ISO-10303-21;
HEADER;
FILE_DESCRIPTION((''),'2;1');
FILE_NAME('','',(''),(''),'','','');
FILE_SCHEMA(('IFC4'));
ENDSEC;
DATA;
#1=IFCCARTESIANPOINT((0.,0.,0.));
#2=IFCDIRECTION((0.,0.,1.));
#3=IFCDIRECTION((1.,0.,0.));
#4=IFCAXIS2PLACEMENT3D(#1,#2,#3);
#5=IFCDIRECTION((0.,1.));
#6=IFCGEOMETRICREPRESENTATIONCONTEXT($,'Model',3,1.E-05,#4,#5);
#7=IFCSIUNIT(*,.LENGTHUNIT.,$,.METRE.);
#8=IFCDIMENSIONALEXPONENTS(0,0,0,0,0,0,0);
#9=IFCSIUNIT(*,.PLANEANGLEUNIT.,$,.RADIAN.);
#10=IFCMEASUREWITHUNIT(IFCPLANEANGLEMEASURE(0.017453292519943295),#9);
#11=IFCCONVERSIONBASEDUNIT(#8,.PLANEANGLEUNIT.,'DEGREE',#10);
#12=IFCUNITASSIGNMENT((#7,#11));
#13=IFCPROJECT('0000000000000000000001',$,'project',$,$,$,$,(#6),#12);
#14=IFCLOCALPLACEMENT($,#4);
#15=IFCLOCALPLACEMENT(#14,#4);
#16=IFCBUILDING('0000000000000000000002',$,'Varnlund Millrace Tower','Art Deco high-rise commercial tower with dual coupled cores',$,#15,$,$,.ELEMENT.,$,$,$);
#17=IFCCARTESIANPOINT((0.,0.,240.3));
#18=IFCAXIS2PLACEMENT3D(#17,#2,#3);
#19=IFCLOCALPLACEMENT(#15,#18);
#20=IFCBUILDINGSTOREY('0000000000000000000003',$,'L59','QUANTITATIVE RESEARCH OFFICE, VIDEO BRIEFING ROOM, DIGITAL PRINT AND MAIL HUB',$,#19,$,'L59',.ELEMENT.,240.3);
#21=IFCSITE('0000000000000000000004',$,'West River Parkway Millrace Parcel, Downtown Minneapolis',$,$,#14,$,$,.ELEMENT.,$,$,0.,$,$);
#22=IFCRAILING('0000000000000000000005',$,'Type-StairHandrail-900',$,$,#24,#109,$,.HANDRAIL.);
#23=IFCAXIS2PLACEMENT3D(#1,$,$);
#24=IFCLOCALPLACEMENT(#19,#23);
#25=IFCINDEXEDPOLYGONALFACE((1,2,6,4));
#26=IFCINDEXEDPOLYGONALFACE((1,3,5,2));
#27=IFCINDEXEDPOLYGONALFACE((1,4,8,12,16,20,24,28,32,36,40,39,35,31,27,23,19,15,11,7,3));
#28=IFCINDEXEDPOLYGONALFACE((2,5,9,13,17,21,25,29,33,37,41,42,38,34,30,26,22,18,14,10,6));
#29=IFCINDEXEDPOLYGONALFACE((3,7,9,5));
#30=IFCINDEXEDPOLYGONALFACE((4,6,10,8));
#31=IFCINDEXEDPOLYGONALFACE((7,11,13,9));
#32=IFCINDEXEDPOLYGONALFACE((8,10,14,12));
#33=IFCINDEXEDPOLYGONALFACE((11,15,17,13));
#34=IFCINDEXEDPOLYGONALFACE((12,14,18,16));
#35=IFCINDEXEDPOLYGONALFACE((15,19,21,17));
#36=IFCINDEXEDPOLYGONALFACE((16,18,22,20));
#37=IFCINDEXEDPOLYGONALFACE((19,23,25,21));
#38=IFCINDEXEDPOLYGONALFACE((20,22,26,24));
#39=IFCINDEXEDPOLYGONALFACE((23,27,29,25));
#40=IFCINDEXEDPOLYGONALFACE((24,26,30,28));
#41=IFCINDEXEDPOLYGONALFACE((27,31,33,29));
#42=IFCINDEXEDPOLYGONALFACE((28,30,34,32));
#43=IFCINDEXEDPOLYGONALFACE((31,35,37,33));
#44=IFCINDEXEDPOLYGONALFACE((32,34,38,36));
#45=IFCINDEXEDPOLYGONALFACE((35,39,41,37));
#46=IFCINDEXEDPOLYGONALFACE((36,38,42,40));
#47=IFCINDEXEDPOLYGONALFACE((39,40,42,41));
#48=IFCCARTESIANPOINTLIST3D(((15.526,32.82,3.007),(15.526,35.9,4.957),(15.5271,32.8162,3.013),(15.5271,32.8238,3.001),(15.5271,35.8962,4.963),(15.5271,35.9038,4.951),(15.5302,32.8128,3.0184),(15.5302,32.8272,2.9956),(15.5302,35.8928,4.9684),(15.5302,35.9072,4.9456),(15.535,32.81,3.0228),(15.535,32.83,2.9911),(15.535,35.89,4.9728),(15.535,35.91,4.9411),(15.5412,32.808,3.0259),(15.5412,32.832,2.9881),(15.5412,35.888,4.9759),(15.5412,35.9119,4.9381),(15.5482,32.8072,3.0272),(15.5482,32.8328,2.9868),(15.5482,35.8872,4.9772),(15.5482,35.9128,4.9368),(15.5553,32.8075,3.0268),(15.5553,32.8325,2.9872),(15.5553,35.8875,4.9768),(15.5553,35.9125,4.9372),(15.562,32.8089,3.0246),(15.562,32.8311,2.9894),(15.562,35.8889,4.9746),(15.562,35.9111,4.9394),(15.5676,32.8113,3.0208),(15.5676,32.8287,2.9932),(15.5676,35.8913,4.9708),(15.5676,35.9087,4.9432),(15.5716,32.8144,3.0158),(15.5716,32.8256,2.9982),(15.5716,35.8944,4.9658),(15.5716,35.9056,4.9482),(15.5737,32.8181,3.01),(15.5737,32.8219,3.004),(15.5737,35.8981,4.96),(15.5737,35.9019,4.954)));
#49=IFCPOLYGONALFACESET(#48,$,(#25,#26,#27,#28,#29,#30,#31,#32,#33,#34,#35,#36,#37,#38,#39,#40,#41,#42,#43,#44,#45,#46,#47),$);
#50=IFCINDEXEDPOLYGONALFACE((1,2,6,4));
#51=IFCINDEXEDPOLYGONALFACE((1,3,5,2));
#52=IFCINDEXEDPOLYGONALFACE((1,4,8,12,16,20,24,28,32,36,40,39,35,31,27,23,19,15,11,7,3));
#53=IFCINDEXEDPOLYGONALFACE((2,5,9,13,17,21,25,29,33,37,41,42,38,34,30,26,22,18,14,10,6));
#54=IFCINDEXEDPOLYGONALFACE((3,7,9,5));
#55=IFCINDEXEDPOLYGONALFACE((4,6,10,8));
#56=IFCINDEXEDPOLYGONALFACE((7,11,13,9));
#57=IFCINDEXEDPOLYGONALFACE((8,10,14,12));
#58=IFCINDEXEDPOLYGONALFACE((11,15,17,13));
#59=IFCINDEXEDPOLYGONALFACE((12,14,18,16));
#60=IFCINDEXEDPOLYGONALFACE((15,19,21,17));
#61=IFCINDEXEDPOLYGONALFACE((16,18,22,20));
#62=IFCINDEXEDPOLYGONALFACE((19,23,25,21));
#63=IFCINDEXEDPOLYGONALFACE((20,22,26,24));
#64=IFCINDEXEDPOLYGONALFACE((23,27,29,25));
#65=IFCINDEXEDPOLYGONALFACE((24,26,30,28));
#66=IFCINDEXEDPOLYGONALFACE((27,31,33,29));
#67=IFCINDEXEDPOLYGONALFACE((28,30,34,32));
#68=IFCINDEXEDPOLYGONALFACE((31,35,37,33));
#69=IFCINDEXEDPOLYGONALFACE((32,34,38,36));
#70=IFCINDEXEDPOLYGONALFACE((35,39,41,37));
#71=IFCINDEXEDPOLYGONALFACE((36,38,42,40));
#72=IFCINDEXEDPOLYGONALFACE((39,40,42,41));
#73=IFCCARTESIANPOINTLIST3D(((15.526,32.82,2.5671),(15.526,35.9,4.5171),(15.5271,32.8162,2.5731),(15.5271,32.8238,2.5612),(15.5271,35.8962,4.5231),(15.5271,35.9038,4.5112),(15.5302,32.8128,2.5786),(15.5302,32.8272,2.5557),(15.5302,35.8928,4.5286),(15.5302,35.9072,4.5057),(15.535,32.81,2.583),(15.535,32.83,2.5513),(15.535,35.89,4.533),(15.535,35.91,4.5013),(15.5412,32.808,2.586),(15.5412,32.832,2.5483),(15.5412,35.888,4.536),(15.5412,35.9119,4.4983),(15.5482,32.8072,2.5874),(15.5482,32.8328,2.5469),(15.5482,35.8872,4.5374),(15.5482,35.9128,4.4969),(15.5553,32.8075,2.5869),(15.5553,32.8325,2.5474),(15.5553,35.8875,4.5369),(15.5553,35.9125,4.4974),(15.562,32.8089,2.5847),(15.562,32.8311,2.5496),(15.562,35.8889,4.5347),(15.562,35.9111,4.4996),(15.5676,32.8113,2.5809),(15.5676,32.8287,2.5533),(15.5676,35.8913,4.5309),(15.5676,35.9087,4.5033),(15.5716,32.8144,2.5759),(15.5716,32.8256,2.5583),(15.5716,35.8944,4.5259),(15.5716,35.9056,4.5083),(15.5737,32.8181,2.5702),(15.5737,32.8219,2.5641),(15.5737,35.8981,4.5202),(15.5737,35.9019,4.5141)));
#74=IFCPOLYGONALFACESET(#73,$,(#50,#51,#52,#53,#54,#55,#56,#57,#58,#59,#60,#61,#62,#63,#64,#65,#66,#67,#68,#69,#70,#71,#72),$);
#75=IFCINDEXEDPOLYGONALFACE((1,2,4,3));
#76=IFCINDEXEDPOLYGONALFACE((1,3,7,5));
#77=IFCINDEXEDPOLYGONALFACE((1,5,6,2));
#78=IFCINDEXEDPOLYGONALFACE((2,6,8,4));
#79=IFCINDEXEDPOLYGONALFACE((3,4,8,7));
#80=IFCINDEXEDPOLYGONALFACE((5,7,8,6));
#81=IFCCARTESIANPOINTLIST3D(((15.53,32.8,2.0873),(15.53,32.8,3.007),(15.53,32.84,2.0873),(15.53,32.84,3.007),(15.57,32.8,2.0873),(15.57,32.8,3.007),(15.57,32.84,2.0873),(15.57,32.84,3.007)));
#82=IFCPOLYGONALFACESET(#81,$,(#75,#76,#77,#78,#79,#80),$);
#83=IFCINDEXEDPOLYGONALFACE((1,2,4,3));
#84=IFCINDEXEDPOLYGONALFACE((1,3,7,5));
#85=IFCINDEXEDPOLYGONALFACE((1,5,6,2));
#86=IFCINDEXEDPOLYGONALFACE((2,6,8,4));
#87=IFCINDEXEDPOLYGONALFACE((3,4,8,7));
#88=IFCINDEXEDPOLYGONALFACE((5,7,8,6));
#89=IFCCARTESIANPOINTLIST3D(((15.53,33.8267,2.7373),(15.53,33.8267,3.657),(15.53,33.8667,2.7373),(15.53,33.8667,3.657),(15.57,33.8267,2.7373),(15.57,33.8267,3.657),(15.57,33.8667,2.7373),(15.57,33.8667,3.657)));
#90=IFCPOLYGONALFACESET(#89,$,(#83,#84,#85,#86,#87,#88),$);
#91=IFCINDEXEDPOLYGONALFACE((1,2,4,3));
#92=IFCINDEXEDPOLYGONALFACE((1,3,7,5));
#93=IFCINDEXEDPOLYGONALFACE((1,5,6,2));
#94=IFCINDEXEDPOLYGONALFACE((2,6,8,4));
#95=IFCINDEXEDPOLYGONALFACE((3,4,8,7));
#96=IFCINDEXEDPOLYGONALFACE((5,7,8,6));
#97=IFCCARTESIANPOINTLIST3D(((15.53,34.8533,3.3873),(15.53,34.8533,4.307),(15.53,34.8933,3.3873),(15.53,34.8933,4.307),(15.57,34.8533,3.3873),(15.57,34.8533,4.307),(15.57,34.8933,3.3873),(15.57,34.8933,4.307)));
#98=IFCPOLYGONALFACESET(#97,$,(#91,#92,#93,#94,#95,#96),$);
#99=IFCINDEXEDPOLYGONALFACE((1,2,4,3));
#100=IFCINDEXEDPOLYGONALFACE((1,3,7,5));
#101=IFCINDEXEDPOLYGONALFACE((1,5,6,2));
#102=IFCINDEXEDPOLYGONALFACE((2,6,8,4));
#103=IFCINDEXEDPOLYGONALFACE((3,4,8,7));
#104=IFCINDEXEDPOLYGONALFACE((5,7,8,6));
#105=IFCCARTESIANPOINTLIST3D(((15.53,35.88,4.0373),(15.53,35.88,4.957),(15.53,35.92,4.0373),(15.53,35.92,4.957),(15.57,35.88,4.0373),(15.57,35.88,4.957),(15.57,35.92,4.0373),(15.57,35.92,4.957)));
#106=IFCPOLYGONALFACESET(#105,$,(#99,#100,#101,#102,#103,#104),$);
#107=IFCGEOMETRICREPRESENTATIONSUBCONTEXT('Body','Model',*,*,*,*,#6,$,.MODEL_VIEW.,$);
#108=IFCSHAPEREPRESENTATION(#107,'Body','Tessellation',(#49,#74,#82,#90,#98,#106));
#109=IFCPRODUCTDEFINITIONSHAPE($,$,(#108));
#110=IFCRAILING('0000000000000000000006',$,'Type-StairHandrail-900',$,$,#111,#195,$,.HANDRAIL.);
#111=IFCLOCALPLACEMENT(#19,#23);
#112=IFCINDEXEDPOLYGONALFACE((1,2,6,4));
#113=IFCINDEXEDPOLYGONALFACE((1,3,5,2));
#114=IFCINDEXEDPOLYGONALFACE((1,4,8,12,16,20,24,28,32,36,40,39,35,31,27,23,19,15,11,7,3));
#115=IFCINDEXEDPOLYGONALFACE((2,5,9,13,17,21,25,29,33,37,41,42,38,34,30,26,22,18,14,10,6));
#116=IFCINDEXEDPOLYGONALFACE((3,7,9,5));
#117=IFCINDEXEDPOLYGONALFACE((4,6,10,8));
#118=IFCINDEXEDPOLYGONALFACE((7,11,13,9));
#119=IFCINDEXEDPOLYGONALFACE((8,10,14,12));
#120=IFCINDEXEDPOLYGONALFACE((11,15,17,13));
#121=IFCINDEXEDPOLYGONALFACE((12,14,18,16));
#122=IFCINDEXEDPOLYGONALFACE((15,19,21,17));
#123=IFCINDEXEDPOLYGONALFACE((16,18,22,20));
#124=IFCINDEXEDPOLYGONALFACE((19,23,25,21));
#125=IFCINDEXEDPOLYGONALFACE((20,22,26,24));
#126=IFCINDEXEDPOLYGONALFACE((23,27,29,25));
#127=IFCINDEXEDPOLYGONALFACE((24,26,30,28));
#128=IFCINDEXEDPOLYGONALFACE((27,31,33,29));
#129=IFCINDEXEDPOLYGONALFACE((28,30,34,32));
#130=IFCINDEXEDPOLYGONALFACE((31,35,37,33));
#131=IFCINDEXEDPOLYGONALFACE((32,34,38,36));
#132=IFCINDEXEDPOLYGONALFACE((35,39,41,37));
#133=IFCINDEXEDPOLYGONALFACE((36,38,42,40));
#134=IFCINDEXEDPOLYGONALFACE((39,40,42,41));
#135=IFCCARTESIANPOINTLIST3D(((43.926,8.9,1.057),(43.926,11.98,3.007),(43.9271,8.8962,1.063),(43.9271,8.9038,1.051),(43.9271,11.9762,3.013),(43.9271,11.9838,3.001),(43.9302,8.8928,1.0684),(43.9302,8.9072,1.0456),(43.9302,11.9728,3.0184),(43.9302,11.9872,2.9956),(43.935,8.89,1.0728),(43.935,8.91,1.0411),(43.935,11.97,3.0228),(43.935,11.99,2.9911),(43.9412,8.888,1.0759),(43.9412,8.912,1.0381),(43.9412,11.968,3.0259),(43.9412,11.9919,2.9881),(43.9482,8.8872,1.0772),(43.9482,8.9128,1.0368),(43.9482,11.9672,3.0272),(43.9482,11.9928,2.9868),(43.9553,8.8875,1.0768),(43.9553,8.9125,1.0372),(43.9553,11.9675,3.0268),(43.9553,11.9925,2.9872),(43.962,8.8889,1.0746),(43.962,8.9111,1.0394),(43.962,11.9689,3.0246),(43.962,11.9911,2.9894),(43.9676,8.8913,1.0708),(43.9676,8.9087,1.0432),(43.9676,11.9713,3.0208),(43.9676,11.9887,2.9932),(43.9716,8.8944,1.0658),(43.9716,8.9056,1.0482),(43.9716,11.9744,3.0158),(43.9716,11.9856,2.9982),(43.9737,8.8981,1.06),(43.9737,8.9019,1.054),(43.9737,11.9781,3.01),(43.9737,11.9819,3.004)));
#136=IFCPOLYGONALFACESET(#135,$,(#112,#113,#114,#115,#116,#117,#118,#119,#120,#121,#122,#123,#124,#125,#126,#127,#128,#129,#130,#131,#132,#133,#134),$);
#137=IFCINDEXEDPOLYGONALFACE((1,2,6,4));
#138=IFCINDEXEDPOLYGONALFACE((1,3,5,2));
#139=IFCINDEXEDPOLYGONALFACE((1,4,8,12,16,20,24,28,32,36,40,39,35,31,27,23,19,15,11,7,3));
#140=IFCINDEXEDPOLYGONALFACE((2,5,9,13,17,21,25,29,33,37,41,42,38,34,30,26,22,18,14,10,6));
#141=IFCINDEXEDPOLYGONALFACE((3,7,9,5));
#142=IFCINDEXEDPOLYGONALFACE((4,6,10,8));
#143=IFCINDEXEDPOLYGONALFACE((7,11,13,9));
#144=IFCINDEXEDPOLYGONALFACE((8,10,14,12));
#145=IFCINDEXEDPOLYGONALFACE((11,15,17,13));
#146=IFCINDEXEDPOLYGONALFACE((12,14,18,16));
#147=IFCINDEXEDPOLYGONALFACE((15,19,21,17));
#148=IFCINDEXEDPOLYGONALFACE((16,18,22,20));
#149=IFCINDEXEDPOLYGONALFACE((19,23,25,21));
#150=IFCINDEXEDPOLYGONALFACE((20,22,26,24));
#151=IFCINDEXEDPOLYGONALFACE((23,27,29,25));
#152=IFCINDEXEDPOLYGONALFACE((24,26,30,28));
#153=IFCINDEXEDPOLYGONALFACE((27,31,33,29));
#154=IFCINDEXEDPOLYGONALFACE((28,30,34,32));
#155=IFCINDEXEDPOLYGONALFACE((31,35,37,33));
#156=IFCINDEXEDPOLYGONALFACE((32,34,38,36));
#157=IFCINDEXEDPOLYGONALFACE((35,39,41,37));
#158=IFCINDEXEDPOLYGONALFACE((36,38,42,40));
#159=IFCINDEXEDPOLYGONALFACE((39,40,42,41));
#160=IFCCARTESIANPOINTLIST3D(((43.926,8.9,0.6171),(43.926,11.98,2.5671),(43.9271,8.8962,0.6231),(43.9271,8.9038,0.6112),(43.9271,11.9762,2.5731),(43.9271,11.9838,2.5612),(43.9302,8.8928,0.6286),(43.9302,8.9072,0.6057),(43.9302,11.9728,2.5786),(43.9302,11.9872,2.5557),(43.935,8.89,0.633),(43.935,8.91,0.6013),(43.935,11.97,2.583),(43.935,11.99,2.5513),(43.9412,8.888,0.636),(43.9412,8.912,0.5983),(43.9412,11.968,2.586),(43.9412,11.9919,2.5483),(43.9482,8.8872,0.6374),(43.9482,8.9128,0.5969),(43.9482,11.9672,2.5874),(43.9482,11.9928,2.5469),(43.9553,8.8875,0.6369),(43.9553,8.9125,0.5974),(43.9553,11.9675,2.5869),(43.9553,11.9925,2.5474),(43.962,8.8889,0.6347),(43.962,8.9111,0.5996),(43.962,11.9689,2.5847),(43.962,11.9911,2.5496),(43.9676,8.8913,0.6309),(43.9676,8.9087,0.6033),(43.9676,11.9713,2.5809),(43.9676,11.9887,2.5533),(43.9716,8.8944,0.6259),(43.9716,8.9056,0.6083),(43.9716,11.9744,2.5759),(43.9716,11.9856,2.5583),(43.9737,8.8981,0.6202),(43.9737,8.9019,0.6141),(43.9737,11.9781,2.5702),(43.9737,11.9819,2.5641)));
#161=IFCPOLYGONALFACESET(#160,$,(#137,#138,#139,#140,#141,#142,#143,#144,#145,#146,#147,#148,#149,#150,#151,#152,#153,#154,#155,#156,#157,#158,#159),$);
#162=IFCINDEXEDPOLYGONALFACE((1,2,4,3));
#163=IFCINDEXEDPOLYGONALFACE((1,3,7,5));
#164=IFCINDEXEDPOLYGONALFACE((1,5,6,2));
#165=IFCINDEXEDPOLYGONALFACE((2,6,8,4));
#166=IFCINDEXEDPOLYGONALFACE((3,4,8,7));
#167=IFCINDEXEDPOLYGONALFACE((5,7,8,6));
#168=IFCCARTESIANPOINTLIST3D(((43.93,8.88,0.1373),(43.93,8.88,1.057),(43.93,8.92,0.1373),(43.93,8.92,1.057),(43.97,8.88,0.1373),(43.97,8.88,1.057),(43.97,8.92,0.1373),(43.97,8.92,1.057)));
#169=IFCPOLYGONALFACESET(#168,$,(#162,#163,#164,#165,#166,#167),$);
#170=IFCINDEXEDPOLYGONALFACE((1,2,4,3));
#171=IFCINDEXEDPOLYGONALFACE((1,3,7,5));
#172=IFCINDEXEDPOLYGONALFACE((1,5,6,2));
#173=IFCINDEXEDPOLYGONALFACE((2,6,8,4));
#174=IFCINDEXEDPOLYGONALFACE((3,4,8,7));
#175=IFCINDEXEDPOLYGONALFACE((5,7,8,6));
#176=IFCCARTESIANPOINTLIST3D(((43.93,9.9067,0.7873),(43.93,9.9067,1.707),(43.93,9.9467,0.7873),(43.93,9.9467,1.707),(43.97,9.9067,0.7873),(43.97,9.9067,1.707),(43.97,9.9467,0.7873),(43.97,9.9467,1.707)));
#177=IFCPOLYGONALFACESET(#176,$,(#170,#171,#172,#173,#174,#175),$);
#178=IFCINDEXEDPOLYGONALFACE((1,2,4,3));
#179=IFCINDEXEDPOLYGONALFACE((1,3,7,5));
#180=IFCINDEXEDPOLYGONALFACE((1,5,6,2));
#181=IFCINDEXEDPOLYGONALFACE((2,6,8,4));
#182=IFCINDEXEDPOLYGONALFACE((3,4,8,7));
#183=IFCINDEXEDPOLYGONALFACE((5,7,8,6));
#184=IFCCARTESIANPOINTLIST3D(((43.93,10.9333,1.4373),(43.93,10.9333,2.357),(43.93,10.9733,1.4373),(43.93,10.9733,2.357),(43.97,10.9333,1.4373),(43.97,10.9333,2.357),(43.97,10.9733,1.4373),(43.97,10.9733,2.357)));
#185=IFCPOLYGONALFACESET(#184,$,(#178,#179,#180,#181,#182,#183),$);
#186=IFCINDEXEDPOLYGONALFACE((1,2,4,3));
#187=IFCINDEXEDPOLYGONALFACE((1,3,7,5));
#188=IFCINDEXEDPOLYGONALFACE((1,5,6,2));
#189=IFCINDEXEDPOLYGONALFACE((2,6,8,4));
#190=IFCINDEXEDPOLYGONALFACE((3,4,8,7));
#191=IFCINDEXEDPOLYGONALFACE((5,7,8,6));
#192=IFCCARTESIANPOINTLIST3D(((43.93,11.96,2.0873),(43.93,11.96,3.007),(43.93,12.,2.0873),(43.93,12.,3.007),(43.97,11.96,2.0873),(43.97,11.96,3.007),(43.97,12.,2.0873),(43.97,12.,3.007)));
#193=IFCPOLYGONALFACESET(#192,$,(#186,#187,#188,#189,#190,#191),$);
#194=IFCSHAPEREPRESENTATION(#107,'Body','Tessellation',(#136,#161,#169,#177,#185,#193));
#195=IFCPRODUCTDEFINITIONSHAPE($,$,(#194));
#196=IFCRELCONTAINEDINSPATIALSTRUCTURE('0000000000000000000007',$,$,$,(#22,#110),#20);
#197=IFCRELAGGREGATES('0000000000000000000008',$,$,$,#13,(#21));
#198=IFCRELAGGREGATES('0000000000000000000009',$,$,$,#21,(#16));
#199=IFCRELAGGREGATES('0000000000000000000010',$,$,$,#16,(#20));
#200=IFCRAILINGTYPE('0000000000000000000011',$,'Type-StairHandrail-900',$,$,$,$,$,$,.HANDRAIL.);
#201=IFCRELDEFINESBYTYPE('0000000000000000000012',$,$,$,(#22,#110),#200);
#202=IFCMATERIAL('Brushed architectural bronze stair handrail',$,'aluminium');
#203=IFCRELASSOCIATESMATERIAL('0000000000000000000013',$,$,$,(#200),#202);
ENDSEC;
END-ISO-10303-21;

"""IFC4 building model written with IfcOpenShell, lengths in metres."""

from ifc_helpers import new_model, entity, si_unit, converted_unit, direction, frame, origin_with_axes, origin_2d_with_axis, place, context, subcontext, project, spatial, rectangle, circle, extrude, material, type_object, element, save


model = new_model("IFC4")

# Units and contexts
model_context = context("Model", 3, precision=1e-05, world=origin_with_axes(), true_north=direction((0.0, 1.0)))
body_context = subcontext(model_context, "Body", "Model", "MODEL_VIEW")
ifc_project = project(units=[si_unit("LENGTHUNIT", "METRE"), converted_unit("PLANEANGLEUNIT", "DEGREE", entity("IfcPlaneAngleMeasure", 0.017453292519943295), si_unit("PLANEANGLEUNIT", "RADIAN"), dimensions=[0, 0, 0, 0, 0, 0, 0])], contexts=[model_context])

# Site, building, storey
site_placement = place(None, origin_with_axes())
site = spatial("IfcSite", under=ifc_project, at=site_placement, Name="West River Parkway Millrace Parcel, Downtown Minneapolis", CompositionType="ELEMENT", RefElevation=0.0)
building_placement = place(site_placement, origin_with_axes())
building = spatial("IfcBuilding", under=site, at=building_placement, Name="Varnlund Millrace Tower", Description="Art Deco high-rise commercial tower with dual coupled cores", CompositionType="ELEMENT")
storey_placement = place(building_placement, frame((0.0, 0.0, 240.3), z_axis=(0.0, 0.0, 1.0), x_axis=(1.0, 0.0, 0.0)))
storey = spatial("IfcBuildingStorey", under=building, at=storey_placement, Name="L59", Description="QUANTITATIVE RESEARCH OFFICE, VIDEO BRIEFING ROOM, DIGITAL PRINT AND MAIL HUB", LongName="L59", CompositionType="ELEMENT", Elevation=240.3)

# Railings
ifc_material_1 = material(Name="Brushed architectural bronze stair handrail", Category="aluminium")
railing_type_1 = type_object("IfcRailingType", Name="Type-StairHandrail-900", PredefinedType="HANDRAIL", material=ifc_material_1)
railing_1_placement = place(storey_placement, frame((0.0, 0.0, -240.3), z_axis=(0.0, 0.0, 1.0), x_axis=(1.0, 0.0, 0.0)))
element("IfcRailing", 1, at=railing_1_placement, inside=storey, type_object=railing_type_1, Name="Type-StairHandrail-900", PredefinedType="HANDRAIL", context=body_context, shape_type="SweptSolid", body=[
    extrude(circle(Radius=0.024, at=origin_2d_with_axis()), frame((15.55, 32.82, 243.307), z_axis=(0.0, 0.844902, 0.534922), x_axis=(-1.0, 0.0, 0.0)), (0.0, 0.0, 1.0), 3.6454),
    extrude(circle(Radius=0.024, at=origin_2d_with_axis()), frame((15.55, 32.82, 242.8671), z_axis=(0.0, 0.844902, 0.534922), x_axis=(-1.0, 0.0, 0.0)), (0.0, 0.0, 1.0), 3.6454),
    extrude(rectangle(XDim=0.04, YDim=0.04, at=origin_2d_with_axis()), frame((15.55, 32.82, 242.3873), z_axis=(0.0, 0.0, 1.0), x_axis=(1.0, 0.0, 0.0)), (0.0, 0.0, 1.0), 0.9197),
    extrude(rectangle(XDim=0.04, YDim=0.04, at=origin_2d_with_axis()), frame((15.55, 33.8467, 243.0373), z_axis=(0.0, 0.0, 1.0), x_axis=(1.0, 0.0, 0.0)), (0.0, 0.0, 1.0), 0.9197),
    extrude(rectangle(XDim=0.04, YDim=0.04, at=origin_2d_with_axis()), frame((15.55, 34.8733, 243.6873), z_axis=(0.0, 0.0, 1.0), x_axis=(1.0, 0.0, 0.0)), (0.0, 0.0, 1.0), 0.9197),
    extrude(rectangle(XDim=0.04, YDim=0.04, at=origin_2d_with_axis()), frame((15.55, 35.9, 244.3373), z_axis=(0.0, 0.0, 1.0), x_axis=(1.0, 0.0, 0.0)), (0.0, 0.0, 1.0), 0.9197),
])
railing_2_placement = place(storey_placement, frame((0.0, 0.0, -240.3), z_axis=(0.0, 0.0, 1.0), x_axis=(1.0, 0.0, 0.0)))
element("IfcRailing", 2, at=railing_2_placement, inside=storey, type_object=railing_type_1, Name="Type-StairHandrail-900", PredefinedType="HANDRAIL", context=body_context, shape_type="SweptSolid", body=[
    extrude(circle(Radius=0.024, at=origin_2d_with_axis()), frame((43.95, 8.9, 241.357), z_axis=(0.0, 0.844902, 0.534922), x_axis=(-1.0, 0.0, 0.0)), (0.0, 0.0, 1.0), 3.6454),
    extrude(circle(Radius=0.024, at=origin_2d_with_axis()), frame((43.95, 8.9, 240.9171), z_axis=(0.0, 0.844902, 0.534922), x_axis=(-1.0, 0.0, 0.0)), (0.0, 0.0, 1.0), 3.6454),
    extrude(rectangle(XDim=0.04, YDim=0.04, at=origin_2d_with_axis()), frame((43.95, 8.9, 240.4373), z_axis=(0.0, 0.0, 1.0), x_axis=(1.0, 0.0, 0.0)), (0.0, 0.0, 1.0), 0.9197),
    extrude(rectangle(XDim=0.04, YDim=0.04, at=origin_2d_with_axis()), frame((43.95, 9.9267, 241.0873), z_axis=(0.0, 0.0, 1.0), x_axis=(1.0, 0.0, 0.0)), (0.0, 0.0, 1.0), 0.9197),
    extrude(rectangle(XDim=0.04, YDim=0.04, at=origin_2d_with_axis()), frame((43.95, 10.9533, 241.7373), z_axis=(0.0, 0.0, 1.0), x_axis=(1.0, 0.0, 0.0)), (0.0, 0.0, 1.0), 0.9197),
    extrude(rectangle(XDim=0.04, YDim=0.04, at=origin_2d_with_axis()), frame((43.95, 11.98, 242.3873), z_axis=(0.0, 0.0, 1.0), x_axis=(1.0, 0.0, 0.0)), (0.0, 0.0, 1.0), 0.9197),
])

save(model, "model.ifc")
